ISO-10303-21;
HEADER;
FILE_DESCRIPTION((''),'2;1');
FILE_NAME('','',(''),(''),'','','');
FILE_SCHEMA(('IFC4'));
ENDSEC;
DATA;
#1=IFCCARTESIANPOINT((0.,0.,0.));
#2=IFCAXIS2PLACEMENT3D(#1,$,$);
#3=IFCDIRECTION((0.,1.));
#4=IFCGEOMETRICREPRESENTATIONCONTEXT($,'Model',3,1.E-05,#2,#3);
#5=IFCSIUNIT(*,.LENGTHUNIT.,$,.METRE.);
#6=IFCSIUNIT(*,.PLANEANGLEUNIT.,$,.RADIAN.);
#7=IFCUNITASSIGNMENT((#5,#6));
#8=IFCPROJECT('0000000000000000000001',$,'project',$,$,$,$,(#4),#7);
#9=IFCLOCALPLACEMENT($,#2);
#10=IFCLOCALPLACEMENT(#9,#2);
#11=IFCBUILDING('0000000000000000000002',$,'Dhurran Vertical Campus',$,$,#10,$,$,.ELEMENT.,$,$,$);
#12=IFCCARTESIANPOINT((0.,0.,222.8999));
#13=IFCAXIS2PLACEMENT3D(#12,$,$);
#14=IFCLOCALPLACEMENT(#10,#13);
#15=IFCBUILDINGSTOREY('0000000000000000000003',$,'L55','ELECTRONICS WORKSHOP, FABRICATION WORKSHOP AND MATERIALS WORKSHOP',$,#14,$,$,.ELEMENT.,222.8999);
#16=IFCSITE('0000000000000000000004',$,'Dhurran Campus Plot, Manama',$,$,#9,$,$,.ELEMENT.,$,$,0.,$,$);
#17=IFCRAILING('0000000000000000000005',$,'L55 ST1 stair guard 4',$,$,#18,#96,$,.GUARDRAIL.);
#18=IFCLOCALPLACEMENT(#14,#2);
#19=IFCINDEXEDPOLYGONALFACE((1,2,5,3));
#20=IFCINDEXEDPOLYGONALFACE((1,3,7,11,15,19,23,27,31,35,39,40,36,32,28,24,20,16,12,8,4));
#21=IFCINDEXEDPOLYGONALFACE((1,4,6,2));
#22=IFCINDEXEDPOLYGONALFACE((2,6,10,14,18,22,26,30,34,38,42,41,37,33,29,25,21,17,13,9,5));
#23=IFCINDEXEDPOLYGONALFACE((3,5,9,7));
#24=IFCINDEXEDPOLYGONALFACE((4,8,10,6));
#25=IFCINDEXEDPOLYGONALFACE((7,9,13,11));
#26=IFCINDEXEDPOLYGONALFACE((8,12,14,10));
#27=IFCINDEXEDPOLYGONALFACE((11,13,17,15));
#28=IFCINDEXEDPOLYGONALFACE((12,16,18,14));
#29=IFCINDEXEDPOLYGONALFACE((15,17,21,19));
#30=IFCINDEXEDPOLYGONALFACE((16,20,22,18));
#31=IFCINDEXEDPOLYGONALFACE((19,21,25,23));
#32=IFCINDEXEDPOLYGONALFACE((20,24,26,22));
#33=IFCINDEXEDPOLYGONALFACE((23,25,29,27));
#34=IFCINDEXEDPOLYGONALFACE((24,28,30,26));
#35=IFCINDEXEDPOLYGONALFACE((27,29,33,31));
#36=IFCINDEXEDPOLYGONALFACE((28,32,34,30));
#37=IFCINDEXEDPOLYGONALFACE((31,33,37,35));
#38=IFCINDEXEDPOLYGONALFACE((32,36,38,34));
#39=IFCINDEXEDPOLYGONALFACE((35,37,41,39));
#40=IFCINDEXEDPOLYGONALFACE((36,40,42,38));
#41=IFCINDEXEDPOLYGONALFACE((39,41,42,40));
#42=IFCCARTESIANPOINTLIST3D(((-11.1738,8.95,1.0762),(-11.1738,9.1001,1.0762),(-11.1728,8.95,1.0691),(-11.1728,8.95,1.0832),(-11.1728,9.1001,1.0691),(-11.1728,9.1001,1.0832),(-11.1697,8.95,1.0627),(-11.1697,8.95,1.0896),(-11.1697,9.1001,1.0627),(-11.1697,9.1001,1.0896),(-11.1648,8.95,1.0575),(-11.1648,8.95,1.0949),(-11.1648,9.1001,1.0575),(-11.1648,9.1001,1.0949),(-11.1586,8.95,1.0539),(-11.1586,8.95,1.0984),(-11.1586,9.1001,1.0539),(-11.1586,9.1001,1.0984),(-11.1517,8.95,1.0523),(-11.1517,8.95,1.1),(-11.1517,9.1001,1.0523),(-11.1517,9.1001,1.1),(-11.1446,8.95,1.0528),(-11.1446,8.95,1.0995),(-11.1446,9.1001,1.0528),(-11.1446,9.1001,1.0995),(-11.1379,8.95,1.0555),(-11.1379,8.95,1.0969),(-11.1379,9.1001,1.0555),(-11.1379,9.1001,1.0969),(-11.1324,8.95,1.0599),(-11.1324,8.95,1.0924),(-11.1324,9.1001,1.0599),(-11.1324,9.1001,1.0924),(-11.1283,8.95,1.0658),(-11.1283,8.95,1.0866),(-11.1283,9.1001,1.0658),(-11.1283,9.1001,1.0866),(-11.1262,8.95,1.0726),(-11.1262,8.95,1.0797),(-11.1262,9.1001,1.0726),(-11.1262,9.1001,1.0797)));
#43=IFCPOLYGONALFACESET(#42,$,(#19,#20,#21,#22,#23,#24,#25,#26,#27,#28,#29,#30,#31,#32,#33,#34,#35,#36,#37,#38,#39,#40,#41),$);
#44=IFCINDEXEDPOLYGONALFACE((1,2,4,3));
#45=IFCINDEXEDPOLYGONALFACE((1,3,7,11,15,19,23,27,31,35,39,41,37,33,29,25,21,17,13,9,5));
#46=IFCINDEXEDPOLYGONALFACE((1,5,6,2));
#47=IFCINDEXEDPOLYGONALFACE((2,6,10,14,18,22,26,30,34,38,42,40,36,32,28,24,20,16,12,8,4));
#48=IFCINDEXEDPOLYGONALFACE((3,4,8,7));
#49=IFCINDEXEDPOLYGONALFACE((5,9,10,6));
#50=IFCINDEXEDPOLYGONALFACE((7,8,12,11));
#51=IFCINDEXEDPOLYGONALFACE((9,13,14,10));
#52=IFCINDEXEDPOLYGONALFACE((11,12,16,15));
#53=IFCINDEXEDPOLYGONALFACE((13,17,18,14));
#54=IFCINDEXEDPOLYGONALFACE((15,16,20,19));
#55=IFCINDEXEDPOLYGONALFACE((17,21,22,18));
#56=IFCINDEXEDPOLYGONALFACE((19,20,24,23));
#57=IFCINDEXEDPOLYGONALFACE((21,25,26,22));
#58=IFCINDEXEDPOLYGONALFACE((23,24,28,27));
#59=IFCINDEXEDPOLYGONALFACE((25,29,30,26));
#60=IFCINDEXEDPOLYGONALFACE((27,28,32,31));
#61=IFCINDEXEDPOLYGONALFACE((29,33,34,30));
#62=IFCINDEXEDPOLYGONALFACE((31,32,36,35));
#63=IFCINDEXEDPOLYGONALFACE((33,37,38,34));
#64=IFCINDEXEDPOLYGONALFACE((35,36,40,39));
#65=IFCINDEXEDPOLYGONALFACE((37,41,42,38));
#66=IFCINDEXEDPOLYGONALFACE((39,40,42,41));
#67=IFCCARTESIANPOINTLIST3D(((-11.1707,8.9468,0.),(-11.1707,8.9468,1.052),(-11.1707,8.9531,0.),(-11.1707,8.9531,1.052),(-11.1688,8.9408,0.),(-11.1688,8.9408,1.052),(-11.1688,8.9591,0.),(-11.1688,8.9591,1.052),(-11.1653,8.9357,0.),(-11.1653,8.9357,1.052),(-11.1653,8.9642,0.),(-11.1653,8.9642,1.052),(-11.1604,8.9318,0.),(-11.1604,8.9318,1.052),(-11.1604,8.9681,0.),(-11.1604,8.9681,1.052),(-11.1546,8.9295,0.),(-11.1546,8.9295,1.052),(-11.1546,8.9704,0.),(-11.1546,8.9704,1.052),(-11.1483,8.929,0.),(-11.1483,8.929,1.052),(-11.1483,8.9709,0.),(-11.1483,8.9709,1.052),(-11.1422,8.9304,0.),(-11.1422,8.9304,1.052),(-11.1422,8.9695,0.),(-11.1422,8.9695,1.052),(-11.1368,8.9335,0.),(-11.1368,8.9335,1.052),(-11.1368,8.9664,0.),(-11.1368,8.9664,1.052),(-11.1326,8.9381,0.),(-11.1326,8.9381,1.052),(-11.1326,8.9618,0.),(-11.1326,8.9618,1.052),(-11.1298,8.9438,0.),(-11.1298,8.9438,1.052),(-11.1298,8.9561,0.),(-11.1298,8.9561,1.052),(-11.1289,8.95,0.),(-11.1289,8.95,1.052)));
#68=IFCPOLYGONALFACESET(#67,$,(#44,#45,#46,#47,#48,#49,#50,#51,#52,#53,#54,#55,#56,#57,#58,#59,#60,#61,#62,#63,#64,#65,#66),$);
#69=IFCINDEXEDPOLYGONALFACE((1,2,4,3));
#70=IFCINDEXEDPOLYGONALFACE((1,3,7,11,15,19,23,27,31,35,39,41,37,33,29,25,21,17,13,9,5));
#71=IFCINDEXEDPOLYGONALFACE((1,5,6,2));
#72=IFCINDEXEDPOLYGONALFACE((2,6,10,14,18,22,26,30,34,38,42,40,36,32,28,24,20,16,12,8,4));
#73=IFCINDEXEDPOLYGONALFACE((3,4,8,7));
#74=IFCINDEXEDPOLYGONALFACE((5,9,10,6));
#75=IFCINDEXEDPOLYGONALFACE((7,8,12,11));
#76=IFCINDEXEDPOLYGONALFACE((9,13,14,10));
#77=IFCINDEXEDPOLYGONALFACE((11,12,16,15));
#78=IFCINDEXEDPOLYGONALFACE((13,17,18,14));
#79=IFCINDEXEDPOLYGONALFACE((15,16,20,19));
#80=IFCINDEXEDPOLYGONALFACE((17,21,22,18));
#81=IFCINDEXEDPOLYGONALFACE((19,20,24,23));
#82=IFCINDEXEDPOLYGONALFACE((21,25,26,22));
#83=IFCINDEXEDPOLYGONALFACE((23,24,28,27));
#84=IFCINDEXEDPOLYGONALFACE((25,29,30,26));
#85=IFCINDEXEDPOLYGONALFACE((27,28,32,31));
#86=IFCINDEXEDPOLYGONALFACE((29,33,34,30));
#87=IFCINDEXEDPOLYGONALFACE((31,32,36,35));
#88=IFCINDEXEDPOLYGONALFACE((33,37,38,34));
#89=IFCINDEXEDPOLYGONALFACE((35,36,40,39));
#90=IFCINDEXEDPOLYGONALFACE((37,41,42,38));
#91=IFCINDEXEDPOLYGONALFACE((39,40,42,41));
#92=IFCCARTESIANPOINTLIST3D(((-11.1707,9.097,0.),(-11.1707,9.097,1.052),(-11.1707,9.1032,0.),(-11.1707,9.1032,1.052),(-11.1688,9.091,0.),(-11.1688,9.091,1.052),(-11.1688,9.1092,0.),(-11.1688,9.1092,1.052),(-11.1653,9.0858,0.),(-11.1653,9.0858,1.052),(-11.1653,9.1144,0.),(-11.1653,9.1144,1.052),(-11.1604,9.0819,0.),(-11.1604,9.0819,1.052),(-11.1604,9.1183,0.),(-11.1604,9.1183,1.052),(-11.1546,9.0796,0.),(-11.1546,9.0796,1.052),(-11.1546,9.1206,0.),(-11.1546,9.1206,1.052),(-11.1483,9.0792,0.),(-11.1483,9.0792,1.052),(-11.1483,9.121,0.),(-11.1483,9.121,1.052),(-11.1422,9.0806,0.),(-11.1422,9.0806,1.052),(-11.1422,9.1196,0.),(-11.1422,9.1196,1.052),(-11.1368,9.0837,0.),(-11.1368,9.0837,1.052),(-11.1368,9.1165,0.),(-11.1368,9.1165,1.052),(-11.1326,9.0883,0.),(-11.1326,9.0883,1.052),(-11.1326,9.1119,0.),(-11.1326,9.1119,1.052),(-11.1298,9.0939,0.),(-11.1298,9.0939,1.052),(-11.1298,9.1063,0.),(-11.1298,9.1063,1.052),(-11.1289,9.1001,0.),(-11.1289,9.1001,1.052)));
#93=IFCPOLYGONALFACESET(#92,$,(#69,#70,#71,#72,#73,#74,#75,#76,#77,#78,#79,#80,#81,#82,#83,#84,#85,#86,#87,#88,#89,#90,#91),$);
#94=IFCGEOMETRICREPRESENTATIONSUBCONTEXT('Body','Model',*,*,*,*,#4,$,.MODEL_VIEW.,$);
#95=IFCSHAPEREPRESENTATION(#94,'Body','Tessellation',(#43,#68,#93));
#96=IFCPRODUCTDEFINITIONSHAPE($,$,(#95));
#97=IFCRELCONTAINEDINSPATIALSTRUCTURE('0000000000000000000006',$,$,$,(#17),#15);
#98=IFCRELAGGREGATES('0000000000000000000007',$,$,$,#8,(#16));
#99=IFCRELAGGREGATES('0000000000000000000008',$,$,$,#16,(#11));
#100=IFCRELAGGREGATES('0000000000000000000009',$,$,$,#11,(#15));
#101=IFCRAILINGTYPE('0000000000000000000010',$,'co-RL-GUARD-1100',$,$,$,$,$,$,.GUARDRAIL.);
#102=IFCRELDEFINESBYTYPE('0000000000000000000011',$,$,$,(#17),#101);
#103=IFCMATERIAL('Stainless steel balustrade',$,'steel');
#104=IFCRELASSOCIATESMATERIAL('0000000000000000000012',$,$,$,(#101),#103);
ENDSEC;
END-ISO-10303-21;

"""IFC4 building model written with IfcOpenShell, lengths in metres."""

from ifc_helpers import new_model, si_unit, direction, frame, origin, origin_2d, place, context, subcontext, project, spatial, circle, extrude, material, type_object, element, save


model = new_model("IFC4")

# Units and contexts
model_context = context("Model", 3, precision=1e-05, world=origin(), true_north=direction((0.0, 1.0)))
body_context = subcontext(model_context, "Body", "Model", "MODEL_VIEW")
ifc_project = project(units=[si_unit("LENGTHUNIT", "METRE"), si_unit("PLANEANGLEUNIT", "RADIAN")], contexts=[model_context])

# Site, building, storey
site_placement = place(None, origin())
site = spatial("IfcSite", under=ifc_project, at=site_placement, Name="Dhurran Campus Plot, Manama", CompositionType="ELEMENT", RefElevation=0.0)
building_placement = place(site_placement, origin())
building = spatial("IfcBuilding", under=site, at=building_placement, Name="Dhurran Vertical Campus", CompositionType="ELEMENT")
storey_placement = place(building_placement, frame((0.0, 0.0, 222.8999)))
storey = spatial("IfcBuildingStorey", under=building, at=storey_placement, Name="L55", Description="ELECTRONICS WORKSHOP, FABRICATION WORKSHOP AND MATERIALS WORKSHOP", CompositionType="ELEMENT", Elevation=222.8999)

# Railing
ifc_material_1 = material(Name="Stainless steel balustrade", Category="steel")
railing_type_1 = type_object("IfcRailingType", Name="co-RL-GUARD-1100", PredefinedType="GUARDRAIL", material=ifc_material_1)
railing_1_placement = place(storey_placement, frame((-11.1499, 8.95, 0.0)))
element("IfcRailing", 1, at=railing_1_placement, inside=storey, type_object=railing_type_1, Name="L55 ST1 stair guard 4", PredefinedType="GUARDRAIL", context=body_context, shape_type="SweptSolid", body=[
    extrude(circle(Radius=0.0239, at=origin_2d()), frame((0.0, 0.0, 1.0762), z_axis=(0.0, 1.0, 0.0), x_axis=(-1.0, 0.0, 0.0)), (0.0, 0.0, 1.0), 0.1501),
    extrude(circle(Radius=0.021, at=origin_2d()), origin(), (0.0, 0.0, 1.0), 1.052),
    extrude(circle(Radius=0.021, at=origin_2d()), frame((0.0, 0.1501, 0.0)), (0.0, 0.0, 1.0), 1.052),
])

save(model, "model.ifc")
